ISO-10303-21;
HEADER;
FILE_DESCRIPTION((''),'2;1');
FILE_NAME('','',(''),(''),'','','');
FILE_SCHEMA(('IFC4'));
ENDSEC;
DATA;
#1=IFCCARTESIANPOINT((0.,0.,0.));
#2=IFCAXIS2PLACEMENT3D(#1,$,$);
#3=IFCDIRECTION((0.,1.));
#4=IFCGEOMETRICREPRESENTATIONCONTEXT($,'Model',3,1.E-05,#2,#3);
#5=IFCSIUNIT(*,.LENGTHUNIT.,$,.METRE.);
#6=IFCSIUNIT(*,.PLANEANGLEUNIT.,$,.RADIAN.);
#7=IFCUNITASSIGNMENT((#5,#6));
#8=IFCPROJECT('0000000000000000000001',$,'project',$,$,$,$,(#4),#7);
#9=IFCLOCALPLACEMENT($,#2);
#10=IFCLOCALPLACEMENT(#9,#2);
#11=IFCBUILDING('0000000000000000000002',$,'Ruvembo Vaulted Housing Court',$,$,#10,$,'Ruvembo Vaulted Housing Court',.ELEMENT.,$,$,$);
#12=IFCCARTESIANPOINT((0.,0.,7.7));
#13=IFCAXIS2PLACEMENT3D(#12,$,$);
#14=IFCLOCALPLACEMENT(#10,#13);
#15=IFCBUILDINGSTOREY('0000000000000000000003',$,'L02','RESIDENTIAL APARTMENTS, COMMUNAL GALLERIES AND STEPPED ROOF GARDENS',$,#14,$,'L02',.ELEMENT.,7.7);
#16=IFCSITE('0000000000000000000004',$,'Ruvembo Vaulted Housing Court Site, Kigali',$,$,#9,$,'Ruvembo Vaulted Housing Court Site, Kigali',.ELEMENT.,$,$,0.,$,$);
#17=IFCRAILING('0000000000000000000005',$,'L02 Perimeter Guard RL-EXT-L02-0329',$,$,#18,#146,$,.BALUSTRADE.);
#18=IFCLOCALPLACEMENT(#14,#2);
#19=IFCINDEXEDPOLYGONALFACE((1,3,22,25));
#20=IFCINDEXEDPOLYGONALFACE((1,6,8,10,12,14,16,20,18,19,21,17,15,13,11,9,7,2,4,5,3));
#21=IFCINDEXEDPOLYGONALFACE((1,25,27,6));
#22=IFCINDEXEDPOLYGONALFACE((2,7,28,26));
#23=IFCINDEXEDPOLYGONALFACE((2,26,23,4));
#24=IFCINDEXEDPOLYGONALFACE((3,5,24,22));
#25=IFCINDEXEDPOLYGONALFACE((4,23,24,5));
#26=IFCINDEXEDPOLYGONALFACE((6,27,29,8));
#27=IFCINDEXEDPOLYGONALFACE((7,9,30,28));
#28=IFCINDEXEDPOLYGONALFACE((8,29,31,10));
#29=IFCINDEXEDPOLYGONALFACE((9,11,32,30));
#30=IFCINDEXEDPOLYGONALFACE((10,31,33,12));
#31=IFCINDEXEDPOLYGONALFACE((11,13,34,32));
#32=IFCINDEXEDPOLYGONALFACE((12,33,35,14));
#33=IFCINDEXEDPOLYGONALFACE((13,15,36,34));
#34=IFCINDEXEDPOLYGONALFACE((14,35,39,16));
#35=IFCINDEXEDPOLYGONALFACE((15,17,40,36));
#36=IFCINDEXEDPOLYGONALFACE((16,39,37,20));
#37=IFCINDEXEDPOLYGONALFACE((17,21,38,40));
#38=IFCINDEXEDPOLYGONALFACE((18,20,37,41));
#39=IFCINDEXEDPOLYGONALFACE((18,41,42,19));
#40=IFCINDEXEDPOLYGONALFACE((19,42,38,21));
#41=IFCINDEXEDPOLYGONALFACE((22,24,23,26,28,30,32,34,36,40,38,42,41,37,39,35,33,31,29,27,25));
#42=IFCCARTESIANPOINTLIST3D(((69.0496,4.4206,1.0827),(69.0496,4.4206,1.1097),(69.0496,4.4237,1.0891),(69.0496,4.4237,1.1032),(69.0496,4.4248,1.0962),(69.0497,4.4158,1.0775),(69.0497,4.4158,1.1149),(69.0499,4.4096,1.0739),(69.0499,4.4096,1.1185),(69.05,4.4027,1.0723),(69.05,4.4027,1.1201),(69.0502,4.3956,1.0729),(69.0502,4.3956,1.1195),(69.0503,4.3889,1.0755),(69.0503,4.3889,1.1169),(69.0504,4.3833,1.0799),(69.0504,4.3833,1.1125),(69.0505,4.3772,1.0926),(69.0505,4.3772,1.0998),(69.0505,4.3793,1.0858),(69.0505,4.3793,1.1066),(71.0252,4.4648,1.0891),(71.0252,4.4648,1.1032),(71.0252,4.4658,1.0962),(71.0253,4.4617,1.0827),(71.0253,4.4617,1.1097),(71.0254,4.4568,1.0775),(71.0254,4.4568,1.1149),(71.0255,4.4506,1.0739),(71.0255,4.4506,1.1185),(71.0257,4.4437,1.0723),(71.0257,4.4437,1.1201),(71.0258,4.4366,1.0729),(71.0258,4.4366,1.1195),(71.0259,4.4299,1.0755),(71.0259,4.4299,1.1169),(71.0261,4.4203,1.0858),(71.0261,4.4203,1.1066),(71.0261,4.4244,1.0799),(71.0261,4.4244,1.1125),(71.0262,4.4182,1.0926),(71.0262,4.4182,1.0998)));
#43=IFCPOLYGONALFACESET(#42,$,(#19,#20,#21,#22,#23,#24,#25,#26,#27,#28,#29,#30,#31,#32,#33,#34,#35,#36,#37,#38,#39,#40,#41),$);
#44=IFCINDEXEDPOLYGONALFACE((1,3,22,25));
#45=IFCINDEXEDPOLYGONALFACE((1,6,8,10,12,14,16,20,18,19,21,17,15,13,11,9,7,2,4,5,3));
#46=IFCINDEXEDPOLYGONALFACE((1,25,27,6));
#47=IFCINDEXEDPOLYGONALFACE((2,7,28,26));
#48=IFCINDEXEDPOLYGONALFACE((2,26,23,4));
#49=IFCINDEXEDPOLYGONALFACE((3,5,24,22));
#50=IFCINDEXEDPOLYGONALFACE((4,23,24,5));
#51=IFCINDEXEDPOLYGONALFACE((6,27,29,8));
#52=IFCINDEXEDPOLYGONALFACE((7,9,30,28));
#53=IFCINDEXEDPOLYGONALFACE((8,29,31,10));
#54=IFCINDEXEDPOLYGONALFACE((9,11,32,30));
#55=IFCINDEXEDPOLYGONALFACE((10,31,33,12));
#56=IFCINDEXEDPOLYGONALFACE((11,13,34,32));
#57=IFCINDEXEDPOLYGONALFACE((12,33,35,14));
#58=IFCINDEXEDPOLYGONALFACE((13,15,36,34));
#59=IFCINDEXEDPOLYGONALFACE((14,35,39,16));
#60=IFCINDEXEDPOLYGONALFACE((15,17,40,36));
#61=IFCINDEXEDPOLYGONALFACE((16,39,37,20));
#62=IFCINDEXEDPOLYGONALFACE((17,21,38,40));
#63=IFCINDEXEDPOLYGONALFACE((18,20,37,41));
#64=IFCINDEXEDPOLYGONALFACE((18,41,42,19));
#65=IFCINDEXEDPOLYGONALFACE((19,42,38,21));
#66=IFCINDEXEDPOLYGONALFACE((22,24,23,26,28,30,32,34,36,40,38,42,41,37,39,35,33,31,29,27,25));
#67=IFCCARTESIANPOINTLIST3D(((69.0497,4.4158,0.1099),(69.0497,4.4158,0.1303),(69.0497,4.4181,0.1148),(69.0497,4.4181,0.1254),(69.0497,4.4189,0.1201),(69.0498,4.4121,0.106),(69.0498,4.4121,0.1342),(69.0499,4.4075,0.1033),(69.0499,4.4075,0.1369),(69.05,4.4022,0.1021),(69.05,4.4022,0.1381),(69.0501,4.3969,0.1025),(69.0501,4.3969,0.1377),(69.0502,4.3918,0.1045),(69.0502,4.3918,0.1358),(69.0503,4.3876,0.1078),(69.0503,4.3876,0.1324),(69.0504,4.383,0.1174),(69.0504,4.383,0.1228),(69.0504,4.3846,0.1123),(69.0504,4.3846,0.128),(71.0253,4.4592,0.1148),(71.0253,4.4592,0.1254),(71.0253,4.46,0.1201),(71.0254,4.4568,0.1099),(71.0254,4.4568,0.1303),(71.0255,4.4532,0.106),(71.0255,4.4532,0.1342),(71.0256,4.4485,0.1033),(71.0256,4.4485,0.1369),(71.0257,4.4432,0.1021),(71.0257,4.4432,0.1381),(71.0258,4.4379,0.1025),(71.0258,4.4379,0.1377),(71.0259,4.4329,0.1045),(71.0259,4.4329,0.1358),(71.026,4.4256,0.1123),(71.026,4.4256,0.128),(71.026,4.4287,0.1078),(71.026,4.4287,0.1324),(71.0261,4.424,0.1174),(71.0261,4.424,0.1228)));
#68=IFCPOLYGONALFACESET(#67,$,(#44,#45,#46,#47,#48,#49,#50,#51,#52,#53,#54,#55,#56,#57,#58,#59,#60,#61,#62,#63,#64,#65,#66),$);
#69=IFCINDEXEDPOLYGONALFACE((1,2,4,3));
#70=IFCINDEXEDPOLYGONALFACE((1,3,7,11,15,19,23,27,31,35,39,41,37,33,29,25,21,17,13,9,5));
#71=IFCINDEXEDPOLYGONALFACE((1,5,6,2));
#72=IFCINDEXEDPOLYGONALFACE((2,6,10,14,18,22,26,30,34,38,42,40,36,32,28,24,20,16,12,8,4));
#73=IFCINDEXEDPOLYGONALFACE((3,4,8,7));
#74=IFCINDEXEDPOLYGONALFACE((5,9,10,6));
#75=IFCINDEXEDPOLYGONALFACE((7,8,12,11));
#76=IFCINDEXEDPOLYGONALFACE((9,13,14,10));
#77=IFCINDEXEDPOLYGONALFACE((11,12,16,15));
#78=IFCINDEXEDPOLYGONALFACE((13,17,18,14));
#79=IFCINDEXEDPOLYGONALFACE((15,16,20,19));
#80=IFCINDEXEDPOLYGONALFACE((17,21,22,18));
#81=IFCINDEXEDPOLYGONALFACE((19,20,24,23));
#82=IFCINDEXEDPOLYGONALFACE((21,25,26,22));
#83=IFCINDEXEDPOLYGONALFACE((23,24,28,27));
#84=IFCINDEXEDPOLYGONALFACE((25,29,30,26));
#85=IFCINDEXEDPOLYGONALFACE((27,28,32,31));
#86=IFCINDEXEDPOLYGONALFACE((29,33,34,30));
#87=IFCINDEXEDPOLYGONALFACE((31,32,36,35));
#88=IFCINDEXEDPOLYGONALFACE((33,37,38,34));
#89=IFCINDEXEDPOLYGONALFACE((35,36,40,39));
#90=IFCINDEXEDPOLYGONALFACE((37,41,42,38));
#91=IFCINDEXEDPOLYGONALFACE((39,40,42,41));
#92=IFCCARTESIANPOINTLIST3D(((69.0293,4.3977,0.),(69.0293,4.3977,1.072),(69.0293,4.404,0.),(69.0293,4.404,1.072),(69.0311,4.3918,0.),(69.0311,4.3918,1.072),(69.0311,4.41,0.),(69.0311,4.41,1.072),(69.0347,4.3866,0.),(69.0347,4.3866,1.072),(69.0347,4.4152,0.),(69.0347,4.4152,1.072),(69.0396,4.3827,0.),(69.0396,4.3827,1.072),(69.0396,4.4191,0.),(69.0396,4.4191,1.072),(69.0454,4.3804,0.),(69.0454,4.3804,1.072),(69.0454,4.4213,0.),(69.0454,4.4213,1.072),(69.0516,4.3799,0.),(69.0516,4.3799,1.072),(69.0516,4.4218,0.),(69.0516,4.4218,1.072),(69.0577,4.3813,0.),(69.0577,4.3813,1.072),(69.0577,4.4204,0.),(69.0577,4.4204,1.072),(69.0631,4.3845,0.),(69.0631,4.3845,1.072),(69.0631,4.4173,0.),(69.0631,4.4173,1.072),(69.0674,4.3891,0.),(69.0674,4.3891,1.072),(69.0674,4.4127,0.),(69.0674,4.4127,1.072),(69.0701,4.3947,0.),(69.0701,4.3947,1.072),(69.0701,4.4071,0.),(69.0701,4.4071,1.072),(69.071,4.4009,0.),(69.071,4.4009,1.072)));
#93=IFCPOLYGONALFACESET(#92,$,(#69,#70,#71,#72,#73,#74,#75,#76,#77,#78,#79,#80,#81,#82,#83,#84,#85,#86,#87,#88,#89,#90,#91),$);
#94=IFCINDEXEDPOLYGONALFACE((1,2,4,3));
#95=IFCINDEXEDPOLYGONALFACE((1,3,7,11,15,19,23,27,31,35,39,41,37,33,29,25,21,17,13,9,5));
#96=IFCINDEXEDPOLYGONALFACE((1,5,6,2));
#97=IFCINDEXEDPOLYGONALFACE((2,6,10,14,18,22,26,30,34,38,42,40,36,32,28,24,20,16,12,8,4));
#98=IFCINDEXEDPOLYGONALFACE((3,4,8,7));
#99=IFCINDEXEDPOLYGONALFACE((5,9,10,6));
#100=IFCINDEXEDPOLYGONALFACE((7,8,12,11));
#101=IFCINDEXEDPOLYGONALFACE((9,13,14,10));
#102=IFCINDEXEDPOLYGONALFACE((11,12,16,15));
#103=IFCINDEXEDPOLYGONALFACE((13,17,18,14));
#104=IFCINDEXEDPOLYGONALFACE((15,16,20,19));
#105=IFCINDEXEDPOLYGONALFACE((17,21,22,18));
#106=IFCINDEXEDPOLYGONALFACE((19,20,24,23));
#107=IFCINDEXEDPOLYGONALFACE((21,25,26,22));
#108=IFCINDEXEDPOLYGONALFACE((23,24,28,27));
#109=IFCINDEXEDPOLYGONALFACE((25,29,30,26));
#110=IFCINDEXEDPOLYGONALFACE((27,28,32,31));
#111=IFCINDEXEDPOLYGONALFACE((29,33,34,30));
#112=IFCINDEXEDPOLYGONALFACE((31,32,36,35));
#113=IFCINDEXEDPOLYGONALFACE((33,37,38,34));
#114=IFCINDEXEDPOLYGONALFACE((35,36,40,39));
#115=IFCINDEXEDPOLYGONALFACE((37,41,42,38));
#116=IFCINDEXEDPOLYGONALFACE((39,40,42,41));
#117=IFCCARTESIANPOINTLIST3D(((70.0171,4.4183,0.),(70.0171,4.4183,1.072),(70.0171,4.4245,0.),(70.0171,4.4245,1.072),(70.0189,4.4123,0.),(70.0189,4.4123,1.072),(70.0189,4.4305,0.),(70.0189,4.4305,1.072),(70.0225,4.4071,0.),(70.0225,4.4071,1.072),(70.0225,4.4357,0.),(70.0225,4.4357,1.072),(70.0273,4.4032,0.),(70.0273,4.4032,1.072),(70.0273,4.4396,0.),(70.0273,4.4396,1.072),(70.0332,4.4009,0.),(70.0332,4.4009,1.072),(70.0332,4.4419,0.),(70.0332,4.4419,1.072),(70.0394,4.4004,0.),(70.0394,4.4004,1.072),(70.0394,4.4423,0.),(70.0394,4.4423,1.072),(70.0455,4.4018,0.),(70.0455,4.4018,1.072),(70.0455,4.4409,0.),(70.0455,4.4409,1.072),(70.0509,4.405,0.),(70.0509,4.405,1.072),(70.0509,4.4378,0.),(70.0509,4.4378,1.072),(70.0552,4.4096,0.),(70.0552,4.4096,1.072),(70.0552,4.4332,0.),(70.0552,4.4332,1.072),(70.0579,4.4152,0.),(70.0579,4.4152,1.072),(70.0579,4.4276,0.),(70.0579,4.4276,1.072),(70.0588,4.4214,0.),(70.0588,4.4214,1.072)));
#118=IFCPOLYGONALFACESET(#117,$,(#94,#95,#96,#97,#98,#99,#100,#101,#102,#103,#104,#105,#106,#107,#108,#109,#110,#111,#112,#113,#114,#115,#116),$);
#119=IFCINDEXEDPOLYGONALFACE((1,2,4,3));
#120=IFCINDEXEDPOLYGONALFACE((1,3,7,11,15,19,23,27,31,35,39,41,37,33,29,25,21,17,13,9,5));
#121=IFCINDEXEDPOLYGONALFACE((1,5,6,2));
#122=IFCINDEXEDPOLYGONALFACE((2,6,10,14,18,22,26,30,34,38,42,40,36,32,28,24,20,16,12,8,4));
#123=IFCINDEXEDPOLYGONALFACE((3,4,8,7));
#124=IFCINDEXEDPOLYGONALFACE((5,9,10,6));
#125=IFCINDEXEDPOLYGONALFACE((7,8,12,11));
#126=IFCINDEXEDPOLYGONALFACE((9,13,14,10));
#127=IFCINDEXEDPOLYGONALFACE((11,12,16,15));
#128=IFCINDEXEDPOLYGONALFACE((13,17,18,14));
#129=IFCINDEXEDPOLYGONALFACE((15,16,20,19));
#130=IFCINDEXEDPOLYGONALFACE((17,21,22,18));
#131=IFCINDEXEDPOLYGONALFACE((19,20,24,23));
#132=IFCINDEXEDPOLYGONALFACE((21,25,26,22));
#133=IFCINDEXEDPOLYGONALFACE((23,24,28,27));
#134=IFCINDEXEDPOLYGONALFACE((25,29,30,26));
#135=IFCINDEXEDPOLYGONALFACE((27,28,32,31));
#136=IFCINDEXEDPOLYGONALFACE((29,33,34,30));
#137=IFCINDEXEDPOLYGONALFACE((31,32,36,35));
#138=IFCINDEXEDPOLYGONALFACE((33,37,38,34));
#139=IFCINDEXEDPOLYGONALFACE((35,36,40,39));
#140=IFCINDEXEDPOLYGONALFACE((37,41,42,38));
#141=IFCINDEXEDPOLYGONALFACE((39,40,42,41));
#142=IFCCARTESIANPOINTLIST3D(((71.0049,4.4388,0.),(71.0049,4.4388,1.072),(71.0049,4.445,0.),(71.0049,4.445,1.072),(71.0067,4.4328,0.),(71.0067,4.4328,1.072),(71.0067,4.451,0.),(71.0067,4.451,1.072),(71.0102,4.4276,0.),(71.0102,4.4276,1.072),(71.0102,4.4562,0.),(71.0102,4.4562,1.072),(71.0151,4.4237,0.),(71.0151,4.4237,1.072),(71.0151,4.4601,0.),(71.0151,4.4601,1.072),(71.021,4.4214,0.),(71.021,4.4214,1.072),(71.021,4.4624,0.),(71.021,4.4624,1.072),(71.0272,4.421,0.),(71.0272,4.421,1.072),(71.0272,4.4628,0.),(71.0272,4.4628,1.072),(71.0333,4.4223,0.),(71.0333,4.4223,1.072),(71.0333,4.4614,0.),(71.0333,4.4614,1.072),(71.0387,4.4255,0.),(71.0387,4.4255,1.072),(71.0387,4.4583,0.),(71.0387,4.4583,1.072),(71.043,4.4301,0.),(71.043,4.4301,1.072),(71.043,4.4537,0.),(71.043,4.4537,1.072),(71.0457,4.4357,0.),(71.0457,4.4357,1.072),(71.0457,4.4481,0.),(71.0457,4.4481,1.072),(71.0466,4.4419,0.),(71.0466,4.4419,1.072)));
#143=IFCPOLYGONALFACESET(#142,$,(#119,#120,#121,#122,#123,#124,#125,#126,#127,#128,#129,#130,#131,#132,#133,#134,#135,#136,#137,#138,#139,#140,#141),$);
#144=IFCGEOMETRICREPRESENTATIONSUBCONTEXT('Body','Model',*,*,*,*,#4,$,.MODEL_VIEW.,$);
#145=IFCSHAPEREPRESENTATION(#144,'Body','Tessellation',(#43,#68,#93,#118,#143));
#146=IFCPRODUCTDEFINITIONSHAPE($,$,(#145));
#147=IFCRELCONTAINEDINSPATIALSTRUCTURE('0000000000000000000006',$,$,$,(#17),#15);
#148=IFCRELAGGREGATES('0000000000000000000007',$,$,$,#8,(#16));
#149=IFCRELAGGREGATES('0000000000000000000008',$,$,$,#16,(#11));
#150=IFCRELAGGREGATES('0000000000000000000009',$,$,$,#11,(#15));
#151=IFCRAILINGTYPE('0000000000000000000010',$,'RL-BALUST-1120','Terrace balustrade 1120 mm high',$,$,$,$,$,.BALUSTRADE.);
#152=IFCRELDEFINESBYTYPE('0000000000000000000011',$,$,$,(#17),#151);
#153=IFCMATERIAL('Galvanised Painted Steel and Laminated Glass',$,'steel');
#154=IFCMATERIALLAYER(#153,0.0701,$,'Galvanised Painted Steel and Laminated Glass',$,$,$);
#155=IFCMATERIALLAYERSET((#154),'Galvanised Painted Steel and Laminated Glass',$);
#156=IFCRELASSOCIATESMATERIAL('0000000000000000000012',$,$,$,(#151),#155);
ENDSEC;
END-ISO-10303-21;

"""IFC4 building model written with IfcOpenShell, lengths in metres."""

from ifc_helpers import new_model, si_unit, direction, frame, origin, origin_2d, place, context, subcontext, project, spatial, circle, extrude, material, layer, layer_set, type_object, element, save


model = new_model("IFC4")

# Units and contexts
model_context = context("Model", 3, precision=1e-05, world=origin(), true_north=direction((0.0, 1.0)))
body_context = subcontext(model_context, "Body", "Model", "MODEL_VIEW")
ifc_project = project(units=[si_unit("LENGTHUNIT", "METRE"), si_unit("PLANEANGLEUNIT", "RADIAN")], contexts=[model_context])

# Site, building, storey
site_placement = place(None, origin())
site = spatial("IfcSite", under=ifc_project, at=site_placement, Name="Ruvembo Vaulted Housing Court Site, Kigali", LongName="Ruvembo Vaulted Housing Court Site, Kigali", CompositionType="ELEMENT", RefElevation=0.0)
building_placement = place(site_placement, origin())
building = spatial("IfcBuilding", under=site, at=building_placement, Name="Ruvembo Vaulted Housing Court", LongName="Ruvembo Vaulted Housing Court", CompositionType="ELEMENT")
storey_placement = place(building_placement, frame((0.0, 0.0, 7.7)))
storey = spatial("IfcBuildingStorey", under=building, at=storey_placement, Name="L02", Description="RESIDENTIAL APARTMENTS, COMMUNAL GALLERIES AND STEPPED ROOF GARDENS", LongName="L02", CompositionType="ELEMENT", Elevation=7.7)

# Railing
ifc_material_1 = material(Name="Galvanised Painted Steel and Laminated Glass", Category="steel")
ifc_layer_1 = layer(ifc_material_1, 0.0701, Name="Galvanised Painted Steel and Laminated Glass")
ifc_layer_set_1 = layer_set([ifc_layer_1], Name="Galvanised Painted Steel and Laminated Glass")
railing_type = type_object("IfcRailingType", Name="RL-BALUST-1120", Description="Terrace balustrade 1120 mm high", PredefinedType="BALUSTRADE", material=ifc_layer_set_1)
railing_1_placement = place(storey_placement, frame((69.05, 4.4009, 0.0)))
element("IfcRailing", 1, at=railing_1_placement, inside=storey, type_object=railing_type, Name="L02 Perimeter Guard RL-EXT-L02-0329", PredefinedType="BALUSTRADE", context=body_context, shape_type="SweptSolid", body=[
    extrude(circle(Radius=0.0239, at=origin_2d()), frame((0.0, 0.0, 1.0962), z_axis=(0.999785, 0.020757, 0.0), x_axis=(-0.020757, 0.999785, 0.0)), (0.0, 0.0, 1.0), 1.9761),
    extrude(circle(Radius=0.0181, at=origin_2d()), frame((0.0, 0.0, 0.1201), z_axis=(0.999785, 0.020757, 0.0), x_axis=(-0.020757, 0.999785, 0.0)), (0.0, 0.0, 1.0), 1.9761),
    extrude(circle(Radius=0.021, at=origin_2d()), origin(), (0.0, 0.0, 1.0), 1.072),
    extrude(circle(Radius=0.021, at=origin_2d()), frame((0.9878, 0.0205, 0.0)), (0.0, 0.0, 1.0), 1.072),
    extrude(circle(Radius=0.021, at=origin_2d()), frame((1.9756, 0.041, 0.0)), (0.0, 0.0, 1.0), 1.072),
])

save(model, "model.ifc")
